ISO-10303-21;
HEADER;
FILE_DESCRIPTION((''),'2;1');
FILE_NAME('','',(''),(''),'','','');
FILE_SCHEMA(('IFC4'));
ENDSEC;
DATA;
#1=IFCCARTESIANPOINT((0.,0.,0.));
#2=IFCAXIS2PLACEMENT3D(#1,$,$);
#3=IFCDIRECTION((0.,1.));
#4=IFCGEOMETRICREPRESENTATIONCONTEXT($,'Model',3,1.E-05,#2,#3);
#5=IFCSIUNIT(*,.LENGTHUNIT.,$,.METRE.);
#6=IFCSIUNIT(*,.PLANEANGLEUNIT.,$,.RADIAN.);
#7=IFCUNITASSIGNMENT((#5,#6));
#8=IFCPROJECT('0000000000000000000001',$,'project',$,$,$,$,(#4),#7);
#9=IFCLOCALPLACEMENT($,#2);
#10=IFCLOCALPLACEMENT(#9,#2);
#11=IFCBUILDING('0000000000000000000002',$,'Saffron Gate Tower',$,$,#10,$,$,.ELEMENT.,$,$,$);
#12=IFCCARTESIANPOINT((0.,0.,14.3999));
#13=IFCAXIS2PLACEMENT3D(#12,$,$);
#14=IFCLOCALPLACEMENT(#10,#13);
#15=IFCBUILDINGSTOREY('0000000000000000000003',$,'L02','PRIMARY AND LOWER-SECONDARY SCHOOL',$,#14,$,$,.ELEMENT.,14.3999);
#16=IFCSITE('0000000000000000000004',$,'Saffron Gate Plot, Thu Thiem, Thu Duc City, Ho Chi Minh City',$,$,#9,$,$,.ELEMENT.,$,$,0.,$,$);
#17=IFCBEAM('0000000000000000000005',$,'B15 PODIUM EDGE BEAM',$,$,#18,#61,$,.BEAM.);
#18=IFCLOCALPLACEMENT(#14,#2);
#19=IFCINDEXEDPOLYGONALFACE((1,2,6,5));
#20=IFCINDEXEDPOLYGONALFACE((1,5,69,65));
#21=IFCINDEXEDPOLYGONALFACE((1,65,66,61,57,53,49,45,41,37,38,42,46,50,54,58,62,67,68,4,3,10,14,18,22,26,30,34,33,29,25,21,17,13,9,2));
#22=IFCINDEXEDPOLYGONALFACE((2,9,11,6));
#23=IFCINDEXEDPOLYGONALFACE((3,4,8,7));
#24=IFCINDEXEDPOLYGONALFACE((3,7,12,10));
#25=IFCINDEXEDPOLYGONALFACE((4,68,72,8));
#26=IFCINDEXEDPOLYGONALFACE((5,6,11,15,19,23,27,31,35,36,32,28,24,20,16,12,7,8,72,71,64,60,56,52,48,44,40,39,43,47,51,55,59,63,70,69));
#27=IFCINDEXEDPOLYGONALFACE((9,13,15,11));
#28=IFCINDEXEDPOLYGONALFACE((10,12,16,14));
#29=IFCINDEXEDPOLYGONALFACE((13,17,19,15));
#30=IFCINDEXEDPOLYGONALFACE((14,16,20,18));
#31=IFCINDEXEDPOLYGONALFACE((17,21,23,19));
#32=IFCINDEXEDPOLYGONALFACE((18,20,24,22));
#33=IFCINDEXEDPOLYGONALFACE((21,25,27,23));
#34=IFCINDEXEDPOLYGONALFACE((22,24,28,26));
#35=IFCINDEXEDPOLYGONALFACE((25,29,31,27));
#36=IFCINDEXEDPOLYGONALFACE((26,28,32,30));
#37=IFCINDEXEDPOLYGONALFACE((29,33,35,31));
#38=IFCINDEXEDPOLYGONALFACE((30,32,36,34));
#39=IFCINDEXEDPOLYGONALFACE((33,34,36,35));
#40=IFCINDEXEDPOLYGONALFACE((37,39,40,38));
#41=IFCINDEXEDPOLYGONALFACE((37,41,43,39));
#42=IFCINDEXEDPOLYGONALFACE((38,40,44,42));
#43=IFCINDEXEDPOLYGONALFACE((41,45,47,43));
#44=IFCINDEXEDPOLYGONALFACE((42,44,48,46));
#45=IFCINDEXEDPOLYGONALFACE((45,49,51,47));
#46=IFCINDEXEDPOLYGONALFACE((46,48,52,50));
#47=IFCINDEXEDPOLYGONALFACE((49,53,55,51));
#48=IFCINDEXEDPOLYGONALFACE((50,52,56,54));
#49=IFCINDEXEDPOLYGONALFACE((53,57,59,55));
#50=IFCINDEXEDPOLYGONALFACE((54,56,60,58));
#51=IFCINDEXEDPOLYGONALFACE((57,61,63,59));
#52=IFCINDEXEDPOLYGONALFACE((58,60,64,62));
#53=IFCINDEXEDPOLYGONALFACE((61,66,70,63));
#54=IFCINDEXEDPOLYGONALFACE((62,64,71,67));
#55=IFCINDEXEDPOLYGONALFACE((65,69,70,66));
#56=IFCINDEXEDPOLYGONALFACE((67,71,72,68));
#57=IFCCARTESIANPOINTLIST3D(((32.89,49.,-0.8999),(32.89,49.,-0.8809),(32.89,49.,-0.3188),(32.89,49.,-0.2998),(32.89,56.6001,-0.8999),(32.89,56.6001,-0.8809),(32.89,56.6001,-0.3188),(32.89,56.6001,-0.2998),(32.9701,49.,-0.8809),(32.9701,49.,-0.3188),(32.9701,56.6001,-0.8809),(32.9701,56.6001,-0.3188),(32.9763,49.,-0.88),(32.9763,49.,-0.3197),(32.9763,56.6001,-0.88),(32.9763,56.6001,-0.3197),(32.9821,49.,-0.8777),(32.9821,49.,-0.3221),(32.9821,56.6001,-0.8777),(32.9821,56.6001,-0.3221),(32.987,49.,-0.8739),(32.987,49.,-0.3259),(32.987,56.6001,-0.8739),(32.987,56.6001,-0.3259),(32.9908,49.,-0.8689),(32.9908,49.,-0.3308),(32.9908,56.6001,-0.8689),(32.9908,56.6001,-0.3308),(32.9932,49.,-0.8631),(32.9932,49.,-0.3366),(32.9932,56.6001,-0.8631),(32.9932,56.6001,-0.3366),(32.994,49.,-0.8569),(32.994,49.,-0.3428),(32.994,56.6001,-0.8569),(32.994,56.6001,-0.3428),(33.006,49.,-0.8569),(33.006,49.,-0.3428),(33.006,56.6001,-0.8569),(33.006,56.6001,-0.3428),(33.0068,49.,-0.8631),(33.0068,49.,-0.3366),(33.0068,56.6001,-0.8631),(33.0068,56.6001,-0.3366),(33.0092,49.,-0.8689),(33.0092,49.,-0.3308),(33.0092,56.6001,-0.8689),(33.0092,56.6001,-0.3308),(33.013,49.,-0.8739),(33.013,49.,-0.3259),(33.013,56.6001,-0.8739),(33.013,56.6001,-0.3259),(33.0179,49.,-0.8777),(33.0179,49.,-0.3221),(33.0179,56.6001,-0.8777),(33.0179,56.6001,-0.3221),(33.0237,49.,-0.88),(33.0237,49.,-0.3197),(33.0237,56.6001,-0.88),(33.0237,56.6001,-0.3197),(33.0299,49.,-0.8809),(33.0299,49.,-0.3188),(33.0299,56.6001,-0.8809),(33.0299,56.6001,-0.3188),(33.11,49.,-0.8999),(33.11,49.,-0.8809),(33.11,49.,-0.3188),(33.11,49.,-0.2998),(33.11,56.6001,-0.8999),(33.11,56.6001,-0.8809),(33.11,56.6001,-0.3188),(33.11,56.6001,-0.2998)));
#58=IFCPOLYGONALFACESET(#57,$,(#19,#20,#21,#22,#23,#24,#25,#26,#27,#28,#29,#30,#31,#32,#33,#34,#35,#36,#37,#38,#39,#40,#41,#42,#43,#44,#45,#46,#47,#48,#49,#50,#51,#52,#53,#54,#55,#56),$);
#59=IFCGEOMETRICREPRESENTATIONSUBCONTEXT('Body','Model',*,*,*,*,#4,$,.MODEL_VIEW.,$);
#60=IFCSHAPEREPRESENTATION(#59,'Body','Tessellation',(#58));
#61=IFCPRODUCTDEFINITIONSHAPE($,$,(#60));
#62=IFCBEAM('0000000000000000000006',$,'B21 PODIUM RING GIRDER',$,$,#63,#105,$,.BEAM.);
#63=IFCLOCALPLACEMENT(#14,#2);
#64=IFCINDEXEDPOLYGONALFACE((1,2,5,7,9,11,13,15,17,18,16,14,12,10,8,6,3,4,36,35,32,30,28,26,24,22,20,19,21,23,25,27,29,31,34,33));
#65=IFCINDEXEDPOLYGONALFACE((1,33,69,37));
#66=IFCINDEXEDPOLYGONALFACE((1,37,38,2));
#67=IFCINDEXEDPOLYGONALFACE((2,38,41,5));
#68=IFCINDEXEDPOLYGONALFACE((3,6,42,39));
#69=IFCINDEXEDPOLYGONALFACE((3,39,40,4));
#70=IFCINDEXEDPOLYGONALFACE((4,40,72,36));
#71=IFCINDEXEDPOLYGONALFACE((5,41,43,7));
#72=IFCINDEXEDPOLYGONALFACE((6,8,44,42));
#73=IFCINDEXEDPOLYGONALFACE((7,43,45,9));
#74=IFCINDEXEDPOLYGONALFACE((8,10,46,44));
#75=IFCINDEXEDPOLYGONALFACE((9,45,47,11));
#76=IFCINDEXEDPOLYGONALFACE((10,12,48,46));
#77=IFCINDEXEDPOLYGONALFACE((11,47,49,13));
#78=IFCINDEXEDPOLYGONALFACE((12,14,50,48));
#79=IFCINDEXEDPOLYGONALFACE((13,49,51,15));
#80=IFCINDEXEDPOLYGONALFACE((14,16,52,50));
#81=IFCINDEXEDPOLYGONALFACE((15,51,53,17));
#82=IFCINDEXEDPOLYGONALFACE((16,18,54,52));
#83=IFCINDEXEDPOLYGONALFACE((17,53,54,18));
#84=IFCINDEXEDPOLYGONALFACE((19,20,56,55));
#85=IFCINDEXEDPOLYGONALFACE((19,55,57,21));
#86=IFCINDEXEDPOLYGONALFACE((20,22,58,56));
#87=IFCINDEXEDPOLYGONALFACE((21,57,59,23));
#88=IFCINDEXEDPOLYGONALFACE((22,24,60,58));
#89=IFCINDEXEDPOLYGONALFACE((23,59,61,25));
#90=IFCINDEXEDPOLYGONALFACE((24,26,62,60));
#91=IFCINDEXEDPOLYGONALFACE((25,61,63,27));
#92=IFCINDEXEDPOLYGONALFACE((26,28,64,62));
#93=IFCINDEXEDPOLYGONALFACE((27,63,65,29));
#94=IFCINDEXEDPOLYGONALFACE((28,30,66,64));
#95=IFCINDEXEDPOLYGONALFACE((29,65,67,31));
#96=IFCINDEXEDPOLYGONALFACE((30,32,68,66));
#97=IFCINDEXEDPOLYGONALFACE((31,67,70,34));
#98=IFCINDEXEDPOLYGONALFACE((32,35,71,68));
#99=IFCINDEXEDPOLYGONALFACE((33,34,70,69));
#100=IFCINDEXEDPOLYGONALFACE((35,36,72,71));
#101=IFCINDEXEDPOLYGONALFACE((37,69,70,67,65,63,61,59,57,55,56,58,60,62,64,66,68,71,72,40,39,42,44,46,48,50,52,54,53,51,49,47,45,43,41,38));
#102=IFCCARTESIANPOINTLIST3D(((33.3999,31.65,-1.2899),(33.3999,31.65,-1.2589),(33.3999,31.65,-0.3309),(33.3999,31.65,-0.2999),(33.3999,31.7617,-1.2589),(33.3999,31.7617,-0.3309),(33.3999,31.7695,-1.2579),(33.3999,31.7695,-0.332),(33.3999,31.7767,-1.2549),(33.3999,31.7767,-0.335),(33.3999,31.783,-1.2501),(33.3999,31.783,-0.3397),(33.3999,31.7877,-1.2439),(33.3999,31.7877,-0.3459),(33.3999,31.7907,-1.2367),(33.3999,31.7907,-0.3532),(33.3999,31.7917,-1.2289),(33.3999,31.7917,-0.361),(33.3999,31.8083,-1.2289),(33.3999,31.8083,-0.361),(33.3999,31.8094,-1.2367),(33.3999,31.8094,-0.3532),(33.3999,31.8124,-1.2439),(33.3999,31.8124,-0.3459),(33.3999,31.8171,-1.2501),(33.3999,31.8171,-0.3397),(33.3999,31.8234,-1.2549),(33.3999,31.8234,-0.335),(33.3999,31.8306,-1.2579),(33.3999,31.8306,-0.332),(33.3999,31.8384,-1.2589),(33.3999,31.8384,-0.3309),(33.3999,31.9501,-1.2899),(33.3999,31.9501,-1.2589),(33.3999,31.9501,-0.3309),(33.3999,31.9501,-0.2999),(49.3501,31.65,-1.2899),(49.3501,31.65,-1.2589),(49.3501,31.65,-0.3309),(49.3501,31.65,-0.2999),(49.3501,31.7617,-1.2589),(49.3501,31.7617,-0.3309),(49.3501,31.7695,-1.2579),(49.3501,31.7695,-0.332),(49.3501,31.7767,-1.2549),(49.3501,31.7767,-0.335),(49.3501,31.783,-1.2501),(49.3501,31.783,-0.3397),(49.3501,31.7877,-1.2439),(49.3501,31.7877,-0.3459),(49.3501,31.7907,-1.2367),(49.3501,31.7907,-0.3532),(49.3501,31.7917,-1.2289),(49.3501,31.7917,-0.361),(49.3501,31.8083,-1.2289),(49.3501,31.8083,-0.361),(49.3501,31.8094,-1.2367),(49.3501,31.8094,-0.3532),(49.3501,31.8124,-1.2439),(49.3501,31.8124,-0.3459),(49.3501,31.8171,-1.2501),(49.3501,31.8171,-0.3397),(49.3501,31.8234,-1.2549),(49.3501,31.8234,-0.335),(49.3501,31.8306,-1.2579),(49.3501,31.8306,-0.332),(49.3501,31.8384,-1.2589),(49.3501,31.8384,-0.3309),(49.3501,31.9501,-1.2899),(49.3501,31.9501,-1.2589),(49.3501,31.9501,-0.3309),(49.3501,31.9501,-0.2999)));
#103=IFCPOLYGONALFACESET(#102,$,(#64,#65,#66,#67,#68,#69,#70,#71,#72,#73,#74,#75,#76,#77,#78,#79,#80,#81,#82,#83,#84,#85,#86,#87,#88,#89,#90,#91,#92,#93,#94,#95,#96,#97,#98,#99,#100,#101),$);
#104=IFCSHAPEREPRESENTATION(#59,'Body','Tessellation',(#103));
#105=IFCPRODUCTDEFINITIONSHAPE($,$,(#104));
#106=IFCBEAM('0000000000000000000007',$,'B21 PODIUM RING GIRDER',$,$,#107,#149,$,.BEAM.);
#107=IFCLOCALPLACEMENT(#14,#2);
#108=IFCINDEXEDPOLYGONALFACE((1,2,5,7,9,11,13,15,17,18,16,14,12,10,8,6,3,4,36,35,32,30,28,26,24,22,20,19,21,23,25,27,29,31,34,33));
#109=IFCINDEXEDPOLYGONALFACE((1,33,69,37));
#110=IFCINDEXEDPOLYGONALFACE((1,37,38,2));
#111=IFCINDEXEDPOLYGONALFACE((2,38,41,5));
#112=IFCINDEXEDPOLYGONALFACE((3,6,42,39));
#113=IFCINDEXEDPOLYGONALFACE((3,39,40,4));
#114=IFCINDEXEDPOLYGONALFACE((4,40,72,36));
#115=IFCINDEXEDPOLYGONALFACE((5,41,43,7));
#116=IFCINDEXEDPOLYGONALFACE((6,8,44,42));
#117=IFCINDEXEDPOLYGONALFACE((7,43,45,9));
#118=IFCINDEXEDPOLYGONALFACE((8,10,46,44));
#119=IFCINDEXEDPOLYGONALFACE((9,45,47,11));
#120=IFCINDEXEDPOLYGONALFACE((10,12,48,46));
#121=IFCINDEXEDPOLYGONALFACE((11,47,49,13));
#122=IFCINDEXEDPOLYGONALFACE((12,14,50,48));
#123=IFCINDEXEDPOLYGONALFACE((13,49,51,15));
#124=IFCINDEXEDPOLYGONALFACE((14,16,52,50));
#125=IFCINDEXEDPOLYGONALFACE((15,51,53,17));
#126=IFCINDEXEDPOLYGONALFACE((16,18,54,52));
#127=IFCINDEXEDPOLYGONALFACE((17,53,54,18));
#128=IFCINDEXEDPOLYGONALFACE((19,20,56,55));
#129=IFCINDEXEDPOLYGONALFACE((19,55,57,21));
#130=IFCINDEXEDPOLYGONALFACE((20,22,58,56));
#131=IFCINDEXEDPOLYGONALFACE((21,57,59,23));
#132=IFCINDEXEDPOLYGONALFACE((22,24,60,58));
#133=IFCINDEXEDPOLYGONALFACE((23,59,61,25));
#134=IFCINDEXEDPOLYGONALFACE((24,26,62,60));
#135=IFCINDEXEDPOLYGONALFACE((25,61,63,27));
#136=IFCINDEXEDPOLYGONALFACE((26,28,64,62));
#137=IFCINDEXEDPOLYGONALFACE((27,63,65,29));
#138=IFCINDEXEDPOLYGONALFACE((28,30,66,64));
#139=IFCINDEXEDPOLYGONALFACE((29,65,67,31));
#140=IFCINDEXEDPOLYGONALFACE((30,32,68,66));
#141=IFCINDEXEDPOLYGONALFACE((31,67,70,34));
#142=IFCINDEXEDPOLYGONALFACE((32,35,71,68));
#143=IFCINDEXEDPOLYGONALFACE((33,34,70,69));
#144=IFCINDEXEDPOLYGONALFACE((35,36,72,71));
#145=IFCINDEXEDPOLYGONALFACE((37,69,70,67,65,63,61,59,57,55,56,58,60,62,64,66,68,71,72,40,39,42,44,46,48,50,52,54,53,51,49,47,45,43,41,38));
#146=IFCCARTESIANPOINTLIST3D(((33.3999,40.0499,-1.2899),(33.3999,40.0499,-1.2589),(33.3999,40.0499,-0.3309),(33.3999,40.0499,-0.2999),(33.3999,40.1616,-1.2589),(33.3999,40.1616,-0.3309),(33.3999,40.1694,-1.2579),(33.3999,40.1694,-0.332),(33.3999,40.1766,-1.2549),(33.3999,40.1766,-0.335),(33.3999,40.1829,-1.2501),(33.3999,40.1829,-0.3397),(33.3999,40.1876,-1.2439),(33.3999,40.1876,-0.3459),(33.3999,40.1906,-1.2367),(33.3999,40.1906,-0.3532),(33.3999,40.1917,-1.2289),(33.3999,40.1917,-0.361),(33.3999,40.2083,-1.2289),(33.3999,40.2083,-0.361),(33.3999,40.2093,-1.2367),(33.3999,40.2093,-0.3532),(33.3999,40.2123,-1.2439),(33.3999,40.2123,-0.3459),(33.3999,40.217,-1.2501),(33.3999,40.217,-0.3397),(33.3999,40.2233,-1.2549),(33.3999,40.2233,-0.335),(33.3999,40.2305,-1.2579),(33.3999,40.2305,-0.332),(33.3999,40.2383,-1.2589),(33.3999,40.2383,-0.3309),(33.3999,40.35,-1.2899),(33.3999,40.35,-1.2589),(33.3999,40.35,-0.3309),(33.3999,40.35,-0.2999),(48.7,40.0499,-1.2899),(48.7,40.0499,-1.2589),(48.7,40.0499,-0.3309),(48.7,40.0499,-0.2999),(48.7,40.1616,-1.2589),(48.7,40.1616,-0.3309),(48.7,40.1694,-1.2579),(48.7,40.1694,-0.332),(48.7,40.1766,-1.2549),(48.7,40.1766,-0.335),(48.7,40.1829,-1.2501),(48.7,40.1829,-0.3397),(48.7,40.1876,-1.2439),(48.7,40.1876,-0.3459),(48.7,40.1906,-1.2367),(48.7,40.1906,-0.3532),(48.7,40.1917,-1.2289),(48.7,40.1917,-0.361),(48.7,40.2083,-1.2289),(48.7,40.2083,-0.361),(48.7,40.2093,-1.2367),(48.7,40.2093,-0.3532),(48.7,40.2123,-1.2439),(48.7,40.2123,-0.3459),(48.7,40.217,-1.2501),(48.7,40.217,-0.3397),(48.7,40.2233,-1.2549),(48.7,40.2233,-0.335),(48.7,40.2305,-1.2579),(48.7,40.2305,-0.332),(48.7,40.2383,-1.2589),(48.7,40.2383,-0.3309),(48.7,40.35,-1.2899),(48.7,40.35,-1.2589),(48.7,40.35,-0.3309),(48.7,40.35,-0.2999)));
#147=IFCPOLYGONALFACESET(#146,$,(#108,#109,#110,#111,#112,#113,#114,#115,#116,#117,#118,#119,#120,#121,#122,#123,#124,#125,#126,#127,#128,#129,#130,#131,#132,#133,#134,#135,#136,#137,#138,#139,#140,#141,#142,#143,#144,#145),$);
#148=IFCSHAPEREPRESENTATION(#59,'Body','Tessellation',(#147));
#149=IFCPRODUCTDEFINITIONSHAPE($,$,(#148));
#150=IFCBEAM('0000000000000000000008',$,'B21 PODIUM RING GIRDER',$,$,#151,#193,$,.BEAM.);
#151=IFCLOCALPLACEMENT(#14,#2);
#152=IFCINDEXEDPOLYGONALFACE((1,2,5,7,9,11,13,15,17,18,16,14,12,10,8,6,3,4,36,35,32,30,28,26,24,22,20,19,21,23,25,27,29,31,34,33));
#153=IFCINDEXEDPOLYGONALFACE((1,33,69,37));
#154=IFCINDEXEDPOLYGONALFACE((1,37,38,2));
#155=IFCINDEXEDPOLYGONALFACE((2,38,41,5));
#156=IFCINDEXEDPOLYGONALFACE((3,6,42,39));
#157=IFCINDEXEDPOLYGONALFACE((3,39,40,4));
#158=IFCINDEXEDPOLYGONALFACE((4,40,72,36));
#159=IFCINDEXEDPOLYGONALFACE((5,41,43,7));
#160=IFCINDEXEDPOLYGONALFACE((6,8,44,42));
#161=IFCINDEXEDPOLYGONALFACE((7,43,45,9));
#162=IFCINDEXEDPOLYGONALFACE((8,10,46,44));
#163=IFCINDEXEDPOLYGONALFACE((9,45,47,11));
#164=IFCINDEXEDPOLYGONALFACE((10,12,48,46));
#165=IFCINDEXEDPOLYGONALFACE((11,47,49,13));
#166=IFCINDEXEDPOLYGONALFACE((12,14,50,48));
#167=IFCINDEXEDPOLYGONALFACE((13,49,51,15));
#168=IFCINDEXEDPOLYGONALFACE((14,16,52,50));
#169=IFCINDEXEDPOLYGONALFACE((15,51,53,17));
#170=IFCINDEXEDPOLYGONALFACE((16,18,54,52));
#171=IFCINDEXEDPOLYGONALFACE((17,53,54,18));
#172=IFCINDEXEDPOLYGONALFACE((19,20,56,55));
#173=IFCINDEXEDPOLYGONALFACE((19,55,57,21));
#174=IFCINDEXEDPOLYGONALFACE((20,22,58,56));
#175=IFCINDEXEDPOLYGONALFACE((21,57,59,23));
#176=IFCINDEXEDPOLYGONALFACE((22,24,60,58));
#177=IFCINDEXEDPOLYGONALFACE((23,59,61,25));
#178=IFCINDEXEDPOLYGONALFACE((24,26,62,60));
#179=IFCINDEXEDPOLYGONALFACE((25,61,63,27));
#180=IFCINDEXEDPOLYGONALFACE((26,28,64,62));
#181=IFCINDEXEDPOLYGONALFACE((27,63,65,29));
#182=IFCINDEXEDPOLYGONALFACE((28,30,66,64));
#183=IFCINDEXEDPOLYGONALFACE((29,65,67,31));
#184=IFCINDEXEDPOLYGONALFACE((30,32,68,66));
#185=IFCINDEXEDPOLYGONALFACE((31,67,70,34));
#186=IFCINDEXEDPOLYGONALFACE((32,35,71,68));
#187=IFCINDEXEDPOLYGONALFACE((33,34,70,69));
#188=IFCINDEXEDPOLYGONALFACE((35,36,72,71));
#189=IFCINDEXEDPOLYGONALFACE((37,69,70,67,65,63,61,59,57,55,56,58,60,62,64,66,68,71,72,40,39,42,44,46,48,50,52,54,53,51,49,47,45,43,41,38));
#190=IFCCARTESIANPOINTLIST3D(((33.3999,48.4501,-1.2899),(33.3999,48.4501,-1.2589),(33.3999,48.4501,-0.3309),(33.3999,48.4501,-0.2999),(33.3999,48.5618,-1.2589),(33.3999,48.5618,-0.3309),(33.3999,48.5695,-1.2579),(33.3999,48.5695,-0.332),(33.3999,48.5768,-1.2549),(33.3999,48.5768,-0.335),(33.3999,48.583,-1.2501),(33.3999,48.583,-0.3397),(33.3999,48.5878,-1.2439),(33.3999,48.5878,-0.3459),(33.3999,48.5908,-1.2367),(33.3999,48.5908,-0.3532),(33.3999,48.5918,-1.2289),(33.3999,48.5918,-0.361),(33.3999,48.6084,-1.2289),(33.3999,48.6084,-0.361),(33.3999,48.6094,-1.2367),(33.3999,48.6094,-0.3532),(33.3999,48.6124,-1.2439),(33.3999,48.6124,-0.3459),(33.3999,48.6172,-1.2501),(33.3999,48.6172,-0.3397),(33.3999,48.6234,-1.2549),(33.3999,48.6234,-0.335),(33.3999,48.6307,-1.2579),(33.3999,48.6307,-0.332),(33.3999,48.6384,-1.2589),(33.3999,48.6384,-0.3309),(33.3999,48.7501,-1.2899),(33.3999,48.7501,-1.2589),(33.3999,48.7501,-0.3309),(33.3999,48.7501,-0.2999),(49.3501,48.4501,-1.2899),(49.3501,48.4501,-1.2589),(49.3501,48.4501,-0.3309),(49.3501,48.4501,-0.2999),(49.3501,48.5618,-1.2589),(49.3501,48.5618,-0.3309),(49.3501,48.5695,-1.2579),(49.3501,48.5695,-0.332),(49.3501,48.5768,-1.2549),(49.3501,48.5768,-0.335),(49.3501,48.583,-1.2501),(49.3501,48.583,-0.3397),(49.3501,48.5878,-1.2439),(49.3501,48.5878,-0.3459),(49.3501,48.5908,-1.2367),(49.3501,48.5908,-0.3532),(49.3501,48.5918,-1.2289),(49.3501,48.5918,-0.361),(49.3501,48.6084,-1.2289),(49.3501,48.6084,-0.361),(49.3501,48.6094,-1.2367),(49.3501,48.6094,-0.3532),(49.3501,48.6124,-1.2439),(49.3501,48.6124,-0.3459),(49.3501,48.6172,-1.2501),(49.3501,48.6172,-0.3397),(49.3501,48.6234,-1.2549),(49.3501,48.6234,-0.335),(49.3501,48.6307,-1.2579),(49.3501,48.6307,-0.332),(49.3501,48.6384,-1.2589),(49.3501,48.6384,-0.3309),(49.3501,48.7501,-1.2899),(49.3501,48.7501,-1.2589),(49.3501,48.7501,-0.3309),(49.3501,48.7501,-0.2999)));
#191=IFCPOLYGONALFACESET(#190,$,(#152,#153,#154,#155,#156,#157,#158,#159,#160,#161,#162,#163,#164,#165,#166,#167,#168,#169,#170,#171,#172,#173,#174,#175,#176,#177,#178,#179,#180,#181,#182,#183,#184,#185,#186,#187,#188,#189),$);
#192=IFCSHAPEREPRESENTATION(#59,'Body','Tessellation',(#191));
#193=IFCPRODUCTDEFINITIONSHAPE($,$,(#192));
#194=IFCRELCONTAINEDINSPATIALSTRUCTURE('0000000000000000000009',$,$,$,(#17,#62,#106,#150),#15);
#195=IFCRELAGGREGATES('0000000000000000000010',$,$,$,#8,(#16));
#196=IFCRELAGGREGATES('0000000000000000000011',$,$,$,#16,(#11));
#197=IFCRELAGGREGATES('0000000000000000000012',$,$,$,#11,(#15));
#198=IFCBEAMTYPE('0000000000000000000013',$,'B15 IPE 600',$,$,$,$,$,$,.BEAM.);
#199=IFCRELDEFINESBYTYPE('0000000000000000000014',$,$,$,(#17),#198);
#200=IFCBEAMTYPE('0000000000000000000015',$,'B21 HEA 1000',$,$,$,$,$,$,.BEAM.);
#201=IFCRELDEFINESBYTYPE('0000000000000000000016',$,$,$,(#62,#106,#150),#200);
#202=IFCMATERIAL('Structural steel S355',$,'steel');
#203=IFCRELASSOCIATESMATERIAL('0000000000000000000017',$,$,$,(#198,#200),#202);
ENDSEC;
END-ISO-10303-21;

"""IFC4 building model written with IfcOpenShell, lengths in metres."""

from ifc_helpers import new_model, si_unit, direction, frame, origin, origin_2d, place, context, subcontext, project, spatial, i_section, extrude, material, material_profile, profile_set, type_object, element, save


model = new_model("IFC4")

# Units and contexts
model_context = context("Model", 3, precision=1e-05, world=origin(), true_north=direction((0.0, 1.0)))
body_context = subcontext(model_context, "Body", "Model", "MODEL_VIEW")
ifc_project = project(units=[si_unit("LENGTHUNIT", "METRE"), si_unit("PLANEANGLEUNIT", "RADIAN")], contexts=[model_context])

# Site, building, storey
site_placement = place(None, origin())
site = spatial("IfcSite", under=ifc_project, at=site_placement, Name="Saffron Gate Plot, Thu Thiem, Thu Duc City, Ho Chi Minh City", CompositionType="ELEMENT", RefElevation=0.0)
building_placement = place(site_placement, origin())
building = spatial("IfcBuilding", under=site, at=building_placement, Name="Saffron Gate Tower", CompositionType="ELEMENT")
storey_placement = place(building_placement, frame((0.0, 0.0, 14.3999)))
storey = spatial("IfcBuildingStorey", under=building, at=storey_placement, Name="L02", Description="PRIMARY AND LOWER-SECONDARY SCHOOL", CompositionType="ELEMENT", Elevation=14.3999)

# Beams
ifc_material_1 = material(Name="Structural steel S355", Category="steel")
ifc_material_profile_1 = material_profile(ifc_material_1, i_section(OverallWidth=0.22, OverallDepth=0.6001, WebThickness=0.012, FlangeThickness=0.019, FilletRadius=0.0239, at=origin_2d()))
ifc_profile_set_1 = profile_set([ifc_material_profile_1], Name="Structural steel S355")
beam_type_1 = type_object("IfcBeamType", Name="B15 IPE 600", PredefinedType="BEAM", material=ifc_profile_set_1)
beam_1_placement = place(storey_placement, frame((33.0, 49.0, -0.5999), z_axis=(0.0, 1.0, 0.0), x_axis=(-1.0, 0.0, 0.0)))
element("IfcBeam", 1, at=beam_1_placement, inside=storey, type_object=beam_type_1, Name="B15 PODIUM EDGE BEAM", PredefinedType="BEAM", context=body_context, shape_type="SweptSolid", body=[
    extrude(i_section(OverallWidth=0.22, OverallDepth=0.6001, WebThickness=0.012, FlangeThickness=0.019, FilletRadius=0.0239, at=origin_2d()), origin(), (0.0, 0.0, 1.0), 7.6001),
])
ifc_material_profile_2 = material_profile(ifc_material_1, i_section(OverallWidth=0.3, OverallDepth=0.99, WebThickness=0.0166, FlangeThickness=0.031, FilletRadius=0.03, at=origin_2d()))
ifc_profile_set_2 = profile_set([ifc_material_profile_2], Name="Structural steel S355")
beam_type_2 = type_object("IfcBeamType", Name="B21 HEA 1000", PredefinedType="BEAM", material=ifc_profile_set_2)
beam_2_placement = place(storey_placement, frame((33.3999, 31.8, -0.7949), z_axis=(1.0, 0.0, 0.0), x_axis=(0.0, 1.0, 0.0)))
element("IfcBeam", 2, at=beam_2_placement, inside=storey, type_object=beam_type_2, Name="B21 PODIUM RING GIRDER", PredefinedType="BEAM", context=body_context, shape_type="SweptSolid", body=[
    extrude(i_section(OverallWidth=0.3, OverallDepth=0.99, WebThickness=0.0166, FlangeThickness=0.031, FilletRadius=0.03, at=origin_2d()), origin(), (0.0, 0.0, 1.0), 15.9502),
])
beam_3_placement = place(storey_placement, frame((33.3999, 40.2, -0.7949), z_axis=(1.0, 0.0, 0.0), x_axis=(0.0, 1.0, 0.0)))
element("IfcBeam", 3, at=beam_3_placement, inside=storey, type_object=beam_type_2, Name="B21 PODIUM RING GIRDER", PredefinedType="BEAM", context=body_context, shape_type="SweptSolid", body=[
    extrude(i_section(OverallWidth=0.3, OverallDepth=0.99, WebThickness=0.0166, FlangeThickness=0.031, FilletRadius=0.03, at=origin_2d()), origin(), (0.0, 0.0, 1.0), 15.3),
])
beam_4_placement = place(storey_placement, frame((33.3999, 48.6001, -0.7949), z_axis=(1.0, 0.0, 0.0), x_axis=(0.0, 1.0, 0.0)))
element("IfcBeam", 4, at=beam_4_placement, inside=storey, type_object=beam_type_2, Name="B21 PODIUM RING GIRDER", PredefinedType="BEAM", context=body_context, shape_type="SweptSolid", body=[
    extrude(i_section(OverallWidth=0.3, OverallDepth=0.99, WebThickness=0.0166, FlangeThickness=0.031, FilletRadius=0.03, at=origin_2d()), origin(), (0.0, 0.0, 1.0), 15.9502),
])

save(model, "model.ifc")
